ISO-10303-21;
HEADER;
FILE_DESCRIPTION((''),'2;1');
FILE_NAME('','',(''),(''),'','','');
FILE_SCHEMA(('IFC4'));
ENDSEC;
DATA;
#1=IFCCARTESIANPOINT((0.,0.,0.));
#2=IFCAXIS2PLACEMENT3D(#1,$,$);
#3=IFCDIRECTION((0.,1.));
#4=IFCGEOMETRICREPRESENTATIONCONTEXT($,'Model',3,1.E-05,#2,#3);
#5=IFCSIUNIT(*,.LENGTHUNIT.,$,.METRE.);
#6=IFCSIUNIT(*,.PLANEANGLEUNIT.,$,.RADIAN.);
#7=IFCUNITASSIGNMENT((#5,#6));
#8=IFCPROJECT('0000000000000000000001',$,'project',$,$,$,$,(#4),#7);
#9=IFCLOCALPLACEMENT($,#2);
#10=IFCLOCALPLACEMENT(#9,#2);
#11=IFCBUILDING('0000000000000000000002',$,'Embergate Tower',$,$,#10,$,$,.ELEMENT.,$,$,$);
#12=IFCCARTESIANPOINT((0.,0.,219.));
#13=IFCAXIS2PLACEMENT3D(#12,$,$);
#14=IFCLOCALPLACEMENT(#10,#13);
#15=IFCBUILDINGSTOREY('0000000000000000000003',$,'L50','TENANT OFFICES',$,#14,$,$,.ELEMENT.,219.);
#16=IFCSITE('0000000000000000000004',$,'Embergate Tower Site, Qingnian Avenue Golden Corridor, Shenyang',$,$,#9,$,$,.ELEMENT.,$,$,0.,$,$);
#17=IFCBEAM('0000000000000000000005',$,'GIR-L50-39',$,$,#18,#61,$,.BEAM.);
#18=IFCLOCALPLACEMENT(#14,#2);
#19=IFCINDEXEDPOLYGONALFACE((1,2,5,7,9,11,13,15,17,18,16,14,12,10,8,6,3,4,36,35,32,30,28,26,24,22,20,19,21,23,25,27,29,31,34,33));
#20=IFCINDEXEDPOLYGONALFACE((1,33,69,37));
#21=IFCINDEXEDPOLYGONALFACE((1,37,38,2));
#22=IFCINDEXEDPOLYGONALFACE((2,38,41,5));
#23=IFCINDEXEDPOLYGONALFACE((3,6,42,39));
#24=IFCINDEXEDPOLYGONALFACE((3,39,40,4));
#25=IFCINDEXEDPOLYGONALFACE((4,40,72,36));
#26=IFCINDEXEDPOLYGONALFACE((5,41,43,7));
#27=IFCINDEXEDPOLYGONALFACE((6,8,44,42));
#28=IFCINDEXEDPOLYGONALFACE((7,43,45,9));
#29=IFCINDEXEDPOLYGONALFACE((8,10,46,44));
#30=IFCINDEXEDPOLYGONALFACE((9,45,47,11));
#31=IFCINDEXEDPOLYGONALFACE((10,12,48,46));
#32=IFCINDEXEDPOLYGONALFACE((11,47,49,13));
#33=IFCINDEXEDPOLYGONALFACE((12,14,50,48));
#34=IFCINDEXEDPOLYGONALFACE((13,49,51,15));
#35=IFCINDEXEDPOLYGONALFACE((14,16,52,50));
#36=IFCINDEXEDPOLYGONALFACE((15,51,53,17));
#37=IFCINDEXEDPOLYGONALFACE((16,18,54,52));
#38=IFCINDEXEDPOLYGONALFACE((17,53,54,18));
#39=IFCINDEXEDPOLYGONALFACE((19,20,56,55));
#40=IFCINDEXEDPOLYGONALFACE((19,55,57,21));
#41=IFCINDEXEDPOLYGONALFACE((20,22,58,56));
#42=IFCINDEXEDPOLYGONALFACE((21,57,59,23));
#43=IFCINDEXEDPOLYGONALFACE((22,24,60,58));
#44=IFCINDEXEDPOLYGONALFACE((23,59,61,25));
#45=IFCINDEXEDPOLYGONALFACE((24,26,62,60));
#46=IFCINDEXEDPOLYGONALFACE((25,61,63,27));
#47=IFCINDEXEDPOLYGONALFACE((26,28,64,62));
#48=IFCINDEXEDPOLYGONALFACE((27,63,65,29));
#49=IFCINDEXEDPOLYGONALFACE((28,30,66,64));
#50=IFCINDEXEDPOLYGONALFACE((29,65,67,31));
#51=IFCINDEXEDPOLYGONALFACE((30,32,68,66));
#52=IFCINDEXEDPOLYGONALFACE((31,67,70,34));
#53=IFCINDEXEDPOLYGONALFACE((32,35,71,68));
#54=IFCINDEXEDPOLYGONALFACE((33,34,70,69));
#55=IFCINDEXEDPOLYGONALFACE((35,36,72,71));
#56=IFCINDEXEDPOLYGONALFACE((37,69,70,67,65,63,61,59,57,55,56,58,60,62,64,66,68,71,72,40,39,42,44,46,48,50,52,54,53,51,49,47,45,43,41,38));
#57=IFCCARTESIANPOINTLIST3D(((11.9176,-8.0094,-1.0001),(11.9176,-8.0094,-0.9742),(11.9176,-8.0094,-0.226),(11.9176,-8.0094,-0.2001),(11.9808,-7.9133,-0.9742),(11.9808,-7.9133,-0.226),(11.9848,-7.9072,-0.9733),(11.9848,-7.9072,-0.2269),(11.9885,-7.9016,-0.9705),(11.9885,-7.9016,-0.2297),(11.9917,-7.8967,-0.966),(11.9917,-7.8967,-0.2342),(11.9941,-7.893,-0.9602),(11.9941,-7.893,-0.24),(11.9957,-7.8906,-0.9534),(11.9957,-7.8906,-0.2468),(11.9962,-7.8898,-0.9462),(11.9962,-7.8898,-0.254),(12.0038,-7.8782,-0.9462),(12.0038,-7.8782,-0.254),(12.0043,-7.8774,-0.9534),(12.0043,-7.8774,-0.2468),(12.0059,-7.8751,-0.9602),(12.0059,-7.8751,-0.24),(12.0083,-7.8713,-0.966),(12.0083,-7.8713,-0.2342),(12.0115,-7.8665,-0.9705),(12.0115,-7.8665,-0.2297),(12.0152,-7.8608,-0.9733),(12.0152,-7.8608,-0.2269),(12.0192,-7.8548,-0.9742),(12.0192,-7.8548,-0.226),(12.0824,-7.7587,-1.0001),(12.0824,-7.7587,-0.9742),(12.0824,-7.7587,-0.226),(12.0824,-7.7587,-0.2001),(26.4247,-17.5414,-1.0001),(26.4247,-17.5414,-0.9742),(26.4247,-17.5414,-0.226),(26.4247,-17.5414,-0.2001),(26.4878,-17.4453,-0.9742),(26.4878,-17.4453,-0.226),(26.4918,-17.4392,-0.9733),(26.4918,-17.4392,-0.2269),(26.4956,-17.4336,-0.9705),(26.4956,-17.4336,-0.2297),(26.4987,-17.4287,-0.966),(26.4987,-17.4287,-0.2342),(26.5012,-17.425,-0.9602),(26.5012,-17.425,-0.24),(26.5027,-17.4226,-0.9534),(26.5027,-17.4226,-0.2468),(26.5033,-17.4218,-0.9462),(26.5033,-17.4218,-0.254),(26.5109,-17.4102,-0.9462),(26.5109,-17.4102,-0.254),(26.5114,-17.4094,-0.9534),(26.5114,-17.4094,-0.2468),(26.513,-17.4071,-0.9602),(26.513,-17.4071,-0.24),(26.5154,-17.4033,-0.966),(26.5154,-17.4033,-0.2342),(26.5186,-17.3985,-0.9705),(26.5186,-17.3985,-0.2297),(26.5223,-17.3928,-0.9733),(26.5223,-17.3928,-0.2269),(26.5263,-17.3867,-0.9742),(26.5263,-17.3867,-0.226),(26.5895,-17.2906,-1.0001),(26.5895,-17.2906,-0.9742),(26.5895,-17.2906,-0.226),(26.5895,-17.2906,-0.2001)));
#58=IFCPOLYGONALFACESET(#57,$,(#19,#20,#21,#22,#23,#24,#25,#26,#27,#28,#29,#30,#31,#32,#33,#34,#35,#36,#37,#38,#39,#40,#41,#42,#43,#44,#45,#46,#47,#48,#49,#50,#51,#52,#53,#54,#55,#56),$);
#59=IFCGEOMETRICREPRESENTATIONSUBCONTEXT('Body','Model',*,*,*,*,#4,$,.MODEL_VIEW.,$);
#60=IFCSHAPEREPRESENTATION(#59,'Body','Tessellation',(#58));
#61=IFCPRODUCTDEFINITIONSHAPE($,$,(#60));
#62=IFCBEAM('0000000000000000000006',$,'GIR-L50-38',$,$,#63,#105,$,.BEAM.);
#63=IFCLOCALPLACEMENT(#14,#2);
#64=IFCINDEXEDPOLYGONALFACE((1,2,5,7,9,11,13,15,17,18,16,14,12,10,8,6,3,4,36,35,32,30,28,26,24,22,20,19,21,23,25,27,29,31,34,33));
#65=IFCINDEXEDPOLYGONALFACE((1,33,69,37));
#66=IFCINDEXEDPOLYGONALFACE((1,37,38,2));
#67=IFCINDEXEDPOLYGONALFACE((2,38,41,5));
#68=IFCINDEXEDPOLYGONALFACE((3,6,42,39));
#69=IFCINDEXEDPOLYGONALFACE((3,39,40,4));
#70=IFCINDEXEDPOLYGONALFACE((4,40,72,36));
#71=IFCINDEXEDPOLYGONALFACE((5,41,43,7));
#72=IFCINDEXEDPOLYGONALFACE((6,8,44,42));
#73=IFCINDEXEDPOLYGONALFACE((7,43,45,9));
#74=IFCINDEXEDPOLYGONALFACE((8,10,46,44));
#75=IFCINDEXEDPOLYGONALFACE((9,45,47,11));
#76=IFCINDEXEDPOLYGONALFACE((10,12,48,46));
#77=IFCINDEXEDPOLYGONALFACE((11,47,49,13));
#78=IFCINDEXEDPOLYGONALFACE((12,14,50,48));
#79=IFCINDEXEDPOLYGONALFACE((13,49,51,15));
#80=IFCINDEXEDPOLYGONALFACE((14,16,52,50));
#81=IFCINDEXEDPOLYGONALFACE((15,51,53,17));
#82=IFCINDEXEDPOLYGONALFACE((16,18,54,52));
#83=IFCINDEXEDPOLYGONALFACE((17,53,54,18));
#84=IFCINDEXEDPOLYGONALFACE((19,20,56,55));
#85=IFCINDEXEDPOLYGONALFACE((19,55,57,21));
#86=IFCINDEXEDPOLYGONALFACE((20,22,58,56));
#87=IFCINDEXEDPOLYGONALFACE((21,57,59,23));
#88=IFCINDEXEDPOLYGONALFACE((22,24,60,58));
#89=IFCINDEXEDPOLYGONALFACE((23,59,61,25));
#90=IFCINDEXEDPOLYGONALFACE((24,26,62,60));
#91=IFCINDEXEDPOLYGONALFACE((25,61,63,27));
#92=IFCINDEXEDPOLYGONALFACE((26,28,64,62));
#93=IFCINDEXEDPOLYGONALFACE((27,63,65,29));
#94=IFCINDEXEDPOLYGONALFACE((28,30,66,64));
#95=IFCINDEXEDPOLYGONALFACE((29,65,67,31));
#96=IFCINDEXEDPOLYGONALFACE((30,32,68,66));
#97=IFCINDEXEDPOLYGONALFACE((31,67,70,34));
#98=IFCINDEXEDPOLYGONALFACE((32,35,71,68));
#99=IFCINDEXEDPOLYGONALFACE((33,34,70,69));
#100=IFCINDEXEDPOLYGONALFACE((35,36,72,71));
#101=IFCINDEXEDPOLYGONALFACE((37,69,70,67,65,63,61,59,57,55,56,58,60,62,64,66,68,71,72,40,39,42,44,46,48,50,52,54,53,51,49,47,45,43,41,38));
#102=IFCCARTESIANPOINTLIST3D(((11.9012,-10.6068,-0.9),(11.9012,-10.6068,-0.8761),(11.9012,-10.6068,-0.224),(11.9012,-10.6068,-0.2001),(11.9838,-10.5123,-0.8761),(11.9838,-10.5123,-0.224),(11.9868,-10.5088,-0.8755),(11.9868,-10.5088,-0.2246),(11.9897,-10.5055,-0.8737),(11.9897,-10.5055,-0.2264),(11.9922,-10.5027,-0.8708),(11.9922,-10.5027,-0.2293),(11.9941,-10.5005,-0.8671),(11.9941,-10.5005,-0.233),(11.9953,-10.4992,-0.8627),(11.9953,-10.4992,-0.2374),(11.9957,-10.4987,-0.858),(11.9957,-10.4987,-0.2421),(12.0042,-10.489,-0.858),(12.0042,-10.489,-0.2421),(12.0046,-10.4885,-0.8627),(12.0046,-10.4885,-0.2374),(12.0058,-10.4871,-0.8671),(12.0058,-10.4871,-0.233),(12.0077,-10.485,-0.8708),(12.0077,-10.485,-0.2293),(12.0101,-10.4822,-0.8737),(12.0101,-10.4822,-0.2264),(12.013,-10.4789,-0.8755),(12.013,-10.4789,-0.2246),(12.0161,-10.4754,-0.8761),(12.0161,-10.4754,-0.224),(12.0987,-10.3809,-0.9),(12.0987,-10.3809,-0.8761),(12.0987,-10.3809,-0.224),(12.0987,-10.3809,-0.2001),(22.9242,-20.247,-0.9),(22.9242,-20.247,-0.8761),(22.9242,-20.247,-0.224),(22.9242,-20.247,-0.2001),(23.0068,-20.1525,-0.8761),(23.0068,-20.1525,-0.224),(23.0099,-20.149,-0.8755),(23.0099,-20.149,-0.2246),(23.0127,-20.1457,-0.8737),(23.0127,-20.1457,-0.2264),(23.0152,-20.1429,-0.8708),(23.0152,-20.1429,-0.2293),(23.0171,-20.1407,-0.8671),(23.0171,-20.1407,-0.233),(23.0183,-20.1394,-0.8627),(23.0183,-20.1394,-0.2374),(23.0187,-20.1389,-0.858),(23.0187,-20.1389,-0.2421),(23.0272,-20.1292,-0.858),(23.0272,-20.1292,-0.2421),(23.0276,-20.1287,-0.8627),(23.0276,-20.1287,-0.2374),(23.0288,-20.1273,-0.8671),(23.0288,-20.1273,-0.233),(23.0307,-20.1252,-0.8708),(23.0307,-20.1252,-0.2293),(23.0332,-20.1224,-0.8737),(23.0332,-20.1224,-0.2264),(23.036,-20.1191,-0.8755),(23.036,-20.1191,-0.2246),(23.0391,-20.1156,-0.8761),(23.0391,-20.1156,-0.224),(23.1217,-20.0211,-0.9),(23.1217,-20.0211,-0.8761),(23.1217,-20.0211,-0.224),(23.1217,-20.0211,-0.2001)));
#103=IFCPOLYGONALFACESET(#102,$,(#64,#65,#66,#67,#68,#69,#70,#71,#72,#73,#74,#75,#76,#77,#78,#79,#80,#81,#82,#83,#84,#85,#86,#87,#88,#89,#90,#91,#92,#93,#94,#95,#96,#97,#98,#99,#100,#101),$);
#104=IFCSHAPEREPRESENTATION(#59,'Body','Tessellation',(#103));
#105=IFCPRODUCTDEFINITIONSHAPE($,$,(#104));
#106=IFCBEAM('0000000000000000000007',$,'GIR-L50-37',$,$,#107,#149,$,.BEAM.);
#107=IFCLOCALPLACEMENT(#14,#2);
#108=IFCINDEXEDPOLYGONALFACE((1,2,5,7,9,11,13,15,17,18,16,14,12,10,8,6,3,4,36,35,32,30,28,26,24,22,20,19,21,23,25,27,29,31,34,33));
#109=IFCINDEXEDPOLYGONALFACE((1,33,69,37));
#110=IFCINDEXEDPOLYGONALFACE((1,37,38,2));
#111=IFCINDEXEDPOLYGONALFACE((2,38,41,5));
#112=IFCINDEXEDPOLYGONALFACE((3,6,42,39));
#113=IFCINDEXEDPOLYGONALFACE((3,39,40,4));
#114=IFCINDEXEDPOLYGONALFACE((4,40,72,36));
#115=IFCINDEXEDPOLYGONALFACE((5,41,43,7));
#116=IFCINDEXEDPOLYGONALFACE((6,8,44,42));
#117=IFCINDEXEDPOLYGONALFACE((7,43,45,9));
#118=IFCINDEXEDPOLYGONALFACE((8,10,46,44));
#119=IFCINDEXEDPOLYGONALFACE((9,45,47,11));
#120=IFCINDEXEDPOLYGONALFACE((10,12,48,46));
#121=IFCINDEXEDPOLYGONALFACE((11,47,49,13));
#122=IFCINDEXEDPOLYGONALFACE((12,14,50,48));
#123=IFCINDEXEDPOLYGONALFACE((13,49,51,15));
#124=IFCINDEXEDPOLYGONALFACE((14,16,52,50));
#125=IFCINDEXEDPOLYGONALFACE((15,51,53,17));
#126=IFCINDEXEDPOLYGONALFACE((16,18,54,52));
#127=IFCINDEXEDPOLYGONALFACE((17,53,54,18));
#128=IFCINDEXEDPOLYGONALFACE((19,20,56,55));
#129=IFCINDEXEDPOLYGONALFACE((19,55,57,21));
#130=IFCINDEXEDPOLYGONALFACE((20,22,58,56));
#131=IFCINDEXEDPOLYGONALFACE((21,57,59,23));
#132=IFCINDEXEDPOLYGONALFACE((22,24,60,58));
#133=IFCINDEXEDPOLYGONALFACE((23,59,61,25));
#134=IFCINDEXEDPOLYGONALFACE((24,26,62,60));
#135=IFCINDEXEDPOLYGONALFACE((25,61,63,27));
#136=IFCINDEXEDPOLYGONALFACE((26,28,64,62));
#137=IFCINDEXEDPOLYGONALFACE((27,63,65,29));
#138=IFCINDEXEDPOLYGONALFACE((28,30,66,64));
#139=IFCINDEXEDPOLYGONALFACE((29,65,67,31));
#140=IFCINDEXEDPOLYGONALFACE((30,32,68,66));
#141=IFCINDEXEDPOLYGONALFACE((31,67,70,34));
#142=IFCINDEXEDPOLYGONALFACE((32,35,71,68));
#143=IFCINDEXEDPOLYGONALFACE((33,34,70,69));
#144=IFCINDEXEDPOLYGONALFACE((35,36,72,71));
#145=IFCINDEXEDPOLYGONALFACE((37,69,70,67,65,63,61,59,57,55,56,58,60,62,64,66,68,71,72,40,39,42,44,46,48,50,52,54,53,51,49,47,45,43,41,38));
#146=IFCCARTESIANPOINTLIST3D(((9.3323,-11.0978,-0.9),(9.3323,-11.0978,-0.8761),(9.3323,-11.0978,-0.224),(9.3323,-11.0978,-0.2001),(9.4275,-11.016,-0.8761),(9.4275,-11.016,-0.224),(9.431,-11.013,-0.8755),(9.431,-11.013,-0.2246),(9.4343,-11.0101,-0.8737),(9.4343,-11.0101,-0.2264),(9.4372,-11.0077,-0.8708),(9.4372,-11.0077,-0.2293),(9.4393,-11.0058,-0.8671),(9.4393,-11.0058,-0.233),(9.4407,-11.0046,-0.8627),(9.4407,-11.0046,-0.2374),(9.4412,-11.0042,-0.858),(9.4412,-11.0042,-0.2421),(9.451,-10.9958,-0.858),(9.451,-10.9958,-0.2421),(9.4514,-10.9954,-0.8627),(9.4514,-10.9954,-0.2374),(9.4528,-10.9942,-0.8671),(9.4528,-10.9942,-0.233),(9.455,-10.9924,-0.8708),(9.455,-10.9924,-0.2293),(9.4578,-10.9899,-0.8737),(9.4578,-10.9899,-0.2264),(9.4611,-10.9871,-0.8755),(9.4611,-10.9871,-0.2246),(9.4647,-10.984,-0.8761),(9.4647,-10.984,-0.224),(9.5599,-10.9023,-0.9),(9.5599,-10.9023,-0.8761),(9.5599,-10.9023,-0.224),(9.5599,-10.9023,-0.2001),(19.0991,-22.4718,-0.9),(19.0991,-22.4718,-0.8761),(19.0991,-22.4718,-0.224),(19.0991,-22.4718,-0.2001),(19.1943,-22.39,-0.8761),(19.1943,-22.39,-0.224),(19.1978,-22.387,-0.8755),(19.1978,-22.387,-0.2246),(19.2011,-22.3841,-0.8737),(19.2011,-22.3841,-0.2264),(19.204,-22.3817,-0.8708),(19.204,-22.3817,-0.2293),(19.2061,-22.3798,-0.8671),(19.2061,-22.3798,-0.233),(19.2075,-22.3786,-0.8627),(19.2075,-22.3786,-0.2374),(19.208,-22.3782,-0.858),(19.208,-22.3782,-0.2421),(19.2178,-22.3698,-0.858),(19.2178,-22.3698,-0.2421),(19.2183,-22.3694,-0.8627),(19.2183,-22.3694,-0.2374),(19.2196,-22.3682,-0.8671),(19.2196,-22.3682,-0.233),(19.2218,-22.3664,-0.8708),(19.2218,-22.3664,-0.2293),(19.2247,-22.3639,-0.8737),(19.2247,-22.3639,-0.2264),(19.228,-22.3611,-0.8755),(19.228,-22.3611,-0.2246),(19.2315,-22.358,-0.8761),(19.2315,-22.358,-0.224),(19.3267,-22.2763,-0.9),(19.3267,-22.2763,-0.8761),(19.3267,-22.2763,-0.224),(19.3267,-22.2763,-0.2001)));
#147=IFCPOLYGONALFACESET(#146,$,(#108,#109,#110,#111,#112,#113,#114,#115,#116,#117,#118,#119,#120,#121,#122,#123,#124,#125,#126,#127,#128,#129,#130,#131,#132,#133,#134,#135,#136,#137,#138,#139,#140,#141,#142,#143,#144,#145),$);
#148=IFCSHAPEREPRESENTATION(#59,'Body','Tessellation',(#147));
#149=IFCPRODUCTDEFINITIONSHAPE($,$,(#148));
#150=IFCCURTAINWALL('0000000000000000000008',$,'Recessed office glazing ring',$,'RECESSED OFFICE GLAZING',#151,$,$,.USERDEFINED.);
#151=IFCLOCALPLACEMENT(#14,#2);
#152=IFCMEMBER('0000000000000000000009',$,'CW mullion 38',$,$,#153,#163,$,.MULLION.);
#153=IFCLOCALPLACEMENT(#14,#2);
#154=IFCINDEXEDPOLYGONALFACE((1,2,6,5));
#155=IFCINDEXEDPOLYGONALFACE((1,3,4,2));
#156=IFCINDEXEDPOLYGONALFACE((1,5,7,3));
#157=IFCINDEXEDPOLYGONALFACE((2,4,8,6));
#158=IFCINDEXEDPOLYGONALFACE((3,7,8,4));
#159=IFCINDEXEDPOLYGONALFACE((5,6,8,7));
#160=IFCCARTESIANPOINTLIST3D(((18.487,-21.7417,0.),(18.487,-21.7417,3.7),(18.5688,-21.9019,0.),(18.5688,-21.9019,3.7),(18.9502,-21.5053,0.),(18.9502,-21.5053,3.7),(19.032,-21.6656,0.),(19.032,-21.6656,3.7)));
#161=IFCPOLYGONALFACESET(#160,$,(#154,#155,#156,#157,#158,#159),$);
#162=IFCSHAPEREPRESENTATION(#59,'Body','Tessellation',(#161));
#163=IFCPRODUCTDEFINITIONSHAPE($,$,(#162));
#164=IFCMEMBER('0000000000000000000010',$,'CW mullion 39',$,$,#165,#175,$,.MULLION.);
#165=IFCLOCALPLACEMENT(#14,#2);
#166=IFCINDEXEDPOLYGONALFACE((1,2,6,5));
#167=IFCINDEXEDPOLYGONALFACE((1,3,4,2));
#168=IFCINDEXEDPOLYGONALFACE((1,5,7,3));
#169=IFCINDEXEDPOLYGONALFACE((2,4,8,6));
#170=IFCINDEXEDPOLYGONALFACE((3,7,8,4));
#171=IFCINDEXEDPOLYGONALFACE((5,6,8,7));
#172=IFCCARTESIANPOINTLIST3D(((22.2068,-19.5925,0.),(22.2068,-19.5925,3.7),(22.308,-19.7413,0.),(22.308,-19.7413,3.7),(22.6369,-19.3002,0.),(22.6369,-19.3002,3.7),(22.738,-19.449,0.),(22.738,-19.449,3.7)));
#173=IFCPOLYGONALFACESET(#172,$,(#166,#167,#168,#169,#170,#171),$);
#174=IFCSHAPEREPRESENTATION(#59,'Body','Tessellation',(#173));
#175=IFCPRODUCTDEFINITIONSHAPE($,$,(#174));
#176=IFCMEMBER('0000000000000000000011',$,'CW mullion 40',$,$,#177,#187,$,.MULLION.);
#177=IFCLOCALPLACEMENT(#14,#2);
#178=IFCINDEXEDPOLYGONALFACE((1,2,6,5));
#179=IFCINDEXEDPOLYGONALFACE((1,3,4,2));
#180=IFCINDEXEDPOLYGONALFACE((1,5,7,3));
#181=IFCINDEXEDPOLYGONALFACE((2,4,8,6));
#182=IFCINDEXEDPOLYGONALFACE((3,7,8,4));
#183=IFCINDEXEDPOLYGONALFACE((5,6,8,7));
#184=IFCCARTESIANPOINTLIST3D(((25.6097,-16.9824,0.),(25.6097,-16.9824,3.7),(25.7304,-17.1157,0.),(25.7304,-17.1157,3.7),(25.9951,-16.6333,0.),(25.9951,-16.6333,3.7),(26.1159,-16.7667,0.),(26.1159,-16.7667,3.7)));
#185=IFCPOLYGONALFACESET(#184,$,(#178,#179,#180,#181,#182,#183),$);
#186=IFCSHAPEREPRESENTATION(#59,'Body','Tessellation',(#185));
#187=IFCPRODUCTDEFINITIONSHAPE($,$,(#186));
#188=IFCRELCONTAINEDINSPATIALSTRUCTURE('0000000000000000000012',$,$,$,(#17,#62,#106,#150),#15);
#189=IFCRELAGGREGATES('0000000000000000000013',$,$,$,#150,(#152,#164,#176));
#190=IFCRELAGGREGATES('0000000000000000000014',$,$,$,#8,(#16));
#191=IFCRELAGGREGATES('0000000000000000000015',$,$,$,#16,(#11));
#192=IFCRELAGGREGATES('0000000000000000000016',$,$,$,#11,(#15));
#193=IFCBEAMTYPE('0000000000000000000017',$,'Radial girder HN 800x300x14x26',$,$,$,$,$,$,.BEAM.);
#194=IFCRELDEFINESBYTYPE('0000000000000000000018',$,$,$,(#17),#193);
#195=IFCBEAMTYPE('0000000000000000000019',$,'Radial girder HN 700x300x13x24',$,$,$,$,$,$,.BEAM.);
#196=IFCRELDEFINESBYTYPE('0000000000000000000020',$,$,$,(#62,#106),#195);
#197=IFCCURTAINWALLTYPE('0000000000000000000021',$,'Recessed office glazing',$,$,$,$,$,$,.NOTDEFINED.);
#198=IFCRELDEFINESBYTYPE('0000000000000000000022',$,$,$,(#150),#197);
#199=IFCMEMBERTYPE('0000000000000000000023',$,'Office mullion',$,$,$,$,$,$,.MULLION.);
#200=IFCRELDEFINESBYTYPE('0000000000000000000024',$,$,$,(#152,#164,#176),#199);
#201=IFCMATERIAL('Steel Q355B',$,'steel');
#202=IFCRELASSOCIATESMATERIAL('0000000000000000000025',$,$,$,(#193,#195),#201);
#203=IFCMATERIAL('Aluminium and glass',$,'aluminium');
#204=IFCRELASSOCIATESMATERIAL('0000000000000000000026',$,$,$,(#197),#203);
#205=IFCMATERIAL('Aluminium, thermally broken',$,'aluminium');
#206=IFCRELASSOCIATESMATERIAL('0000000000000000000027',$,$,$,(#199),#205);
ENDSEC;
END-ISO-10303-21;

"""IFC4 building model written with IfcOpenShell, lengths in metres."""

from ifc_helpers import new_model, si_unit, direction, frame, origin, origin_2d, place, context, subcontext, project, spatial, rectangle, i_section, extrude, source, transform, mapped, material, material_profile, profile_set, type_object, element, aggregate, save


model = new_model("IFC4")

# Units and contexts
model_context = context("Model", 3, precision=1e-05, world=origin(), true_north=direction((0.0, 1.0)))
body_context = subcontext(model_context, "Body", "Model", "MODEL_VIEW")
ifc_project = project(units=[si_unit("LENGTHUNIT", "METRE"), si_unit("PLANEANGLEUNIT", "RADIAN")], contexts=[model_context])

# Site, building, storey
site_placement = place(None, origin())
site = spatial("IfcSite", under=ifc_project, at=site_placement, Name="Embergate Tower Site, Qingnian Avenue Golden Corridor, Shenyang", CompositionType="ELEMENT", RefElevation=0.0)
building_placement = place(site_placement, origin())
building = spatial("IfcBuilding", under=site, at=building_placement, Name="Embergate Tower", CompositionType="ELEMENT")
storey_placement = place(building_placement, frame((0.0, 0.0, 219.0)))
storey = spatial("IfcBuildingStorey", under=building, at=storey_placement, Name="L50", Description="TENANT OFFICES", CompositionType="ELEMENT", Elevation=219.0)

# Beams
ifc_material_1 = material(Name="Steel Q355B", Category="steel")
ifc_material_profile_1 = material_profile(ifc_material_1, i_section(OverallWidth=0.3, OverallDepth=0.8, WebThickness=0.0139, FlangeThickness=0.0259, FilletRadius=0.0281, at=origin_2d()), Name="HN 800x300x14x26")
ifc_profile_set_1 = profile_set([ifc_material_profile_1], Name="Steel Q355 grade B")
beam_type_1 = type_object("IfcBeamType", Name="Radial girder HN 800x300x14x26", PredefinedType="BEAM", material=ifc_profile_set_1)
shared_shape_1 = source(origin(), body_context, "Body", "SweptSolid", [
    extrude(i_section(OverallWidth=0.3, OverallDepth=0.8, WebThickness=0.0139, FlangeThickness=0.0259, FilletRadius=0.0281, at=origin_2d()), origin(), (0.0, 0.0, 1.0), 17.3584),
])
beam_1_placement = place(storey_placement, frame((26.5071, -17.416, -0.6001), z_axis=(-0.835738, 0.549128, 0.0), x_axis=(-0.549128, -0.835738, 0.0)))
element("IfcBeam", 1, at=beam_1_placement, inside=storey, type_object=beam_type_1, Name="GIR-L50-39", PredefinedType="BEAM", context=body_context, shape_type="MappedRepresentation", body=[
    mapped(shared_shape_1, transform((0.0, 0.0, 0.0))),
])
ifc_material_profile_2 = material_profile(ifc_material_1, i_section(OverallWidth=0.3, OverallDepth=0.7, WebThickness=0.0129, FlangeThickness=0.0239, FilletRadius=0.0181, at=origin_2d()), Name="HN 700x300x13x24")
ifc_profile_set_2 = profile_set([ifc_material_profile_2], Name="Steel Q355 grade B")
beam_type_2 = type_object("IfcBeamType", Name="Radial girder HN 700x300x13x24", PredefinedType="BEAM", material=ifc_profile_set_2)
shared_shape_2 = source(origin(), body_context, "Body", "SweptSolid", [
    extrude(i_section(OverallWidth=0.3, OverallDepth=0.7, WebThickness=0.0129, FlangeThickness=0.0239, FilletRadius=0.0181, at=origin_2d()), origin(), (0.0, 0.0, 1.0), 14.6438),
])
beam_2_placement = place(storey_placement, frame((23.0229, -20.134, -0.55), z_axis=(-0.752744, 0.658313, 0.0), x_axis=(-0.658313, -0.752744, 0.0)))
element("IfcBeam", 2, at=beam_2_placement, inside=storey, type_object=beam_type_2, Name="GIR-L50-38", PredefinedType="BEAM", context=body_context, shape_type="MappedRepresentation", body=[
    mapped(shared_shape_2, transform((0.0, 0.0, 0.0))),
])
shared_shape_3 = source(origin(), body_context, "Body", "SweptSolid", [
    extrude(i_section(OverallWidth=0.3, OverallDepth=0.7, WebThickness=0.0129, FlangeThickness=0.0239, FilletRadius=0.0181, at=origin_2d()), origin(), (0.0, 0.0, 1.0), 14.9919),
])
beam_3_placement = place(storey_placement, frame((19.2129, -22.374, -0.55), z_axis=(-0.651471, 0.758673, 0.0), x_axis=(-0.758673, -0.651471, 0.0)))
element("IfcBeam", 3, at=beam_3_placement, inside=storey, type_object=beam_type_2, Name="GIR-L50-37", PredefinedType="BEAM", context=body_context, shape_type="MappedRepresentation", body=[
    mapped(shared_shape_3, transform((0.0, 0.0, 0.0))),
])

# Curtain wall, members
ifc_material_2 = material(Name="Aluminium and glass", Category="aluminium")
curtain_wall_type = type_object("IfcCurtainWallType", Name="Recessed office glazing", PredefinedType="NOTDEFINED", material=ifc_material_2)
curtain_wall_placement = place(storey_placement, origin())
curtain_wall = element("IfcCurtainWall", 4, at=curtain_wall_placement, inside=storey, type_object=curtain_wall_type, Name="Recessed office glazing ring", ObjectType="RECESSED OFFICE GLAZING", PredefinedType="USERDEFINED")
ifc_material_3 = material(Name="Aluminium, thermally broken", Category="aluminium")
ifc_material_profile_3 = material_profile(ifc_material_3, rectangle(XDim=0.1799, YDim=0.52, at=origin_2d()), Name="AL 520x180")
ifc_profile_set_3 = profile_set([ifc_material_profile_3], Name="Aluminium, thermally broken")
member_type_1 = type_object("IfcMemberType", Name="Office mullion", PredefinedType="MULLION", material=ifc_profile_set_3)
shared_shape_4 = source(origin(), body_context, "Body", "SweptSolid", [
    extrude(rectangle(XDim=0.1799, YDim=0.52, at=origin_2d()), origin(), (0.0, 0.0, 1.0), 3.7),
])
member_1_placement = place(storey_placement, frame((18.7595, -21.7036, 0.0), z_axis=(0.0, 0.0, 1.0), x_axis=(-0.454513, 0.89074, 0.0)))
member_1 = element("IfcMember", 5, at=member_1_placement, type_object=member_type_1, Name="CW mullion 38", PredefinedType="MULLION", context=body_context, shape_type="MappedRepresentation", body=[
    mapped(shared_shape_4, transform((0.0, 0.0, 0.0))),
])
member_2_placement = place(storey_placement, frame((22.4724, -19.5208, 0.0), z_axis=(0.0, 0.0, 1.0), x_axis=(-0.562219, 0.826988, 0.0)))
member_2 = element("IfcMember", 6, at=member_2_placement, type_object=member_type_1, Name="CW mullion 39", PredefinedType="MULLION", context=body_context, shape_type="MappedRepresentation", body=[
    mapped(shared_shape_4, transform((0.0, 0.0, 0.0))),
])
member_3_placement = place(storey_placement, frame((25.8628, -16.8745, 0.0), z_axis=(0.0, 0.0, 1.0), x_axis=(-0.671228, 0.741251, 0.0)))
member_3 = element("IfcMember", 7, at=member_3_placement, type_object=member_type_1, Name="CW mullion 40", PredefinedType="MULLION", context=body_context, shape_type="MappedRepresentation", body=[
    mapped(shared_shape_4, transform((0.0, 0.0, 0.0))),
])
aggregate(curtain_wall, [member_1, member_2, member_3])

save(model, "model.ifc")
